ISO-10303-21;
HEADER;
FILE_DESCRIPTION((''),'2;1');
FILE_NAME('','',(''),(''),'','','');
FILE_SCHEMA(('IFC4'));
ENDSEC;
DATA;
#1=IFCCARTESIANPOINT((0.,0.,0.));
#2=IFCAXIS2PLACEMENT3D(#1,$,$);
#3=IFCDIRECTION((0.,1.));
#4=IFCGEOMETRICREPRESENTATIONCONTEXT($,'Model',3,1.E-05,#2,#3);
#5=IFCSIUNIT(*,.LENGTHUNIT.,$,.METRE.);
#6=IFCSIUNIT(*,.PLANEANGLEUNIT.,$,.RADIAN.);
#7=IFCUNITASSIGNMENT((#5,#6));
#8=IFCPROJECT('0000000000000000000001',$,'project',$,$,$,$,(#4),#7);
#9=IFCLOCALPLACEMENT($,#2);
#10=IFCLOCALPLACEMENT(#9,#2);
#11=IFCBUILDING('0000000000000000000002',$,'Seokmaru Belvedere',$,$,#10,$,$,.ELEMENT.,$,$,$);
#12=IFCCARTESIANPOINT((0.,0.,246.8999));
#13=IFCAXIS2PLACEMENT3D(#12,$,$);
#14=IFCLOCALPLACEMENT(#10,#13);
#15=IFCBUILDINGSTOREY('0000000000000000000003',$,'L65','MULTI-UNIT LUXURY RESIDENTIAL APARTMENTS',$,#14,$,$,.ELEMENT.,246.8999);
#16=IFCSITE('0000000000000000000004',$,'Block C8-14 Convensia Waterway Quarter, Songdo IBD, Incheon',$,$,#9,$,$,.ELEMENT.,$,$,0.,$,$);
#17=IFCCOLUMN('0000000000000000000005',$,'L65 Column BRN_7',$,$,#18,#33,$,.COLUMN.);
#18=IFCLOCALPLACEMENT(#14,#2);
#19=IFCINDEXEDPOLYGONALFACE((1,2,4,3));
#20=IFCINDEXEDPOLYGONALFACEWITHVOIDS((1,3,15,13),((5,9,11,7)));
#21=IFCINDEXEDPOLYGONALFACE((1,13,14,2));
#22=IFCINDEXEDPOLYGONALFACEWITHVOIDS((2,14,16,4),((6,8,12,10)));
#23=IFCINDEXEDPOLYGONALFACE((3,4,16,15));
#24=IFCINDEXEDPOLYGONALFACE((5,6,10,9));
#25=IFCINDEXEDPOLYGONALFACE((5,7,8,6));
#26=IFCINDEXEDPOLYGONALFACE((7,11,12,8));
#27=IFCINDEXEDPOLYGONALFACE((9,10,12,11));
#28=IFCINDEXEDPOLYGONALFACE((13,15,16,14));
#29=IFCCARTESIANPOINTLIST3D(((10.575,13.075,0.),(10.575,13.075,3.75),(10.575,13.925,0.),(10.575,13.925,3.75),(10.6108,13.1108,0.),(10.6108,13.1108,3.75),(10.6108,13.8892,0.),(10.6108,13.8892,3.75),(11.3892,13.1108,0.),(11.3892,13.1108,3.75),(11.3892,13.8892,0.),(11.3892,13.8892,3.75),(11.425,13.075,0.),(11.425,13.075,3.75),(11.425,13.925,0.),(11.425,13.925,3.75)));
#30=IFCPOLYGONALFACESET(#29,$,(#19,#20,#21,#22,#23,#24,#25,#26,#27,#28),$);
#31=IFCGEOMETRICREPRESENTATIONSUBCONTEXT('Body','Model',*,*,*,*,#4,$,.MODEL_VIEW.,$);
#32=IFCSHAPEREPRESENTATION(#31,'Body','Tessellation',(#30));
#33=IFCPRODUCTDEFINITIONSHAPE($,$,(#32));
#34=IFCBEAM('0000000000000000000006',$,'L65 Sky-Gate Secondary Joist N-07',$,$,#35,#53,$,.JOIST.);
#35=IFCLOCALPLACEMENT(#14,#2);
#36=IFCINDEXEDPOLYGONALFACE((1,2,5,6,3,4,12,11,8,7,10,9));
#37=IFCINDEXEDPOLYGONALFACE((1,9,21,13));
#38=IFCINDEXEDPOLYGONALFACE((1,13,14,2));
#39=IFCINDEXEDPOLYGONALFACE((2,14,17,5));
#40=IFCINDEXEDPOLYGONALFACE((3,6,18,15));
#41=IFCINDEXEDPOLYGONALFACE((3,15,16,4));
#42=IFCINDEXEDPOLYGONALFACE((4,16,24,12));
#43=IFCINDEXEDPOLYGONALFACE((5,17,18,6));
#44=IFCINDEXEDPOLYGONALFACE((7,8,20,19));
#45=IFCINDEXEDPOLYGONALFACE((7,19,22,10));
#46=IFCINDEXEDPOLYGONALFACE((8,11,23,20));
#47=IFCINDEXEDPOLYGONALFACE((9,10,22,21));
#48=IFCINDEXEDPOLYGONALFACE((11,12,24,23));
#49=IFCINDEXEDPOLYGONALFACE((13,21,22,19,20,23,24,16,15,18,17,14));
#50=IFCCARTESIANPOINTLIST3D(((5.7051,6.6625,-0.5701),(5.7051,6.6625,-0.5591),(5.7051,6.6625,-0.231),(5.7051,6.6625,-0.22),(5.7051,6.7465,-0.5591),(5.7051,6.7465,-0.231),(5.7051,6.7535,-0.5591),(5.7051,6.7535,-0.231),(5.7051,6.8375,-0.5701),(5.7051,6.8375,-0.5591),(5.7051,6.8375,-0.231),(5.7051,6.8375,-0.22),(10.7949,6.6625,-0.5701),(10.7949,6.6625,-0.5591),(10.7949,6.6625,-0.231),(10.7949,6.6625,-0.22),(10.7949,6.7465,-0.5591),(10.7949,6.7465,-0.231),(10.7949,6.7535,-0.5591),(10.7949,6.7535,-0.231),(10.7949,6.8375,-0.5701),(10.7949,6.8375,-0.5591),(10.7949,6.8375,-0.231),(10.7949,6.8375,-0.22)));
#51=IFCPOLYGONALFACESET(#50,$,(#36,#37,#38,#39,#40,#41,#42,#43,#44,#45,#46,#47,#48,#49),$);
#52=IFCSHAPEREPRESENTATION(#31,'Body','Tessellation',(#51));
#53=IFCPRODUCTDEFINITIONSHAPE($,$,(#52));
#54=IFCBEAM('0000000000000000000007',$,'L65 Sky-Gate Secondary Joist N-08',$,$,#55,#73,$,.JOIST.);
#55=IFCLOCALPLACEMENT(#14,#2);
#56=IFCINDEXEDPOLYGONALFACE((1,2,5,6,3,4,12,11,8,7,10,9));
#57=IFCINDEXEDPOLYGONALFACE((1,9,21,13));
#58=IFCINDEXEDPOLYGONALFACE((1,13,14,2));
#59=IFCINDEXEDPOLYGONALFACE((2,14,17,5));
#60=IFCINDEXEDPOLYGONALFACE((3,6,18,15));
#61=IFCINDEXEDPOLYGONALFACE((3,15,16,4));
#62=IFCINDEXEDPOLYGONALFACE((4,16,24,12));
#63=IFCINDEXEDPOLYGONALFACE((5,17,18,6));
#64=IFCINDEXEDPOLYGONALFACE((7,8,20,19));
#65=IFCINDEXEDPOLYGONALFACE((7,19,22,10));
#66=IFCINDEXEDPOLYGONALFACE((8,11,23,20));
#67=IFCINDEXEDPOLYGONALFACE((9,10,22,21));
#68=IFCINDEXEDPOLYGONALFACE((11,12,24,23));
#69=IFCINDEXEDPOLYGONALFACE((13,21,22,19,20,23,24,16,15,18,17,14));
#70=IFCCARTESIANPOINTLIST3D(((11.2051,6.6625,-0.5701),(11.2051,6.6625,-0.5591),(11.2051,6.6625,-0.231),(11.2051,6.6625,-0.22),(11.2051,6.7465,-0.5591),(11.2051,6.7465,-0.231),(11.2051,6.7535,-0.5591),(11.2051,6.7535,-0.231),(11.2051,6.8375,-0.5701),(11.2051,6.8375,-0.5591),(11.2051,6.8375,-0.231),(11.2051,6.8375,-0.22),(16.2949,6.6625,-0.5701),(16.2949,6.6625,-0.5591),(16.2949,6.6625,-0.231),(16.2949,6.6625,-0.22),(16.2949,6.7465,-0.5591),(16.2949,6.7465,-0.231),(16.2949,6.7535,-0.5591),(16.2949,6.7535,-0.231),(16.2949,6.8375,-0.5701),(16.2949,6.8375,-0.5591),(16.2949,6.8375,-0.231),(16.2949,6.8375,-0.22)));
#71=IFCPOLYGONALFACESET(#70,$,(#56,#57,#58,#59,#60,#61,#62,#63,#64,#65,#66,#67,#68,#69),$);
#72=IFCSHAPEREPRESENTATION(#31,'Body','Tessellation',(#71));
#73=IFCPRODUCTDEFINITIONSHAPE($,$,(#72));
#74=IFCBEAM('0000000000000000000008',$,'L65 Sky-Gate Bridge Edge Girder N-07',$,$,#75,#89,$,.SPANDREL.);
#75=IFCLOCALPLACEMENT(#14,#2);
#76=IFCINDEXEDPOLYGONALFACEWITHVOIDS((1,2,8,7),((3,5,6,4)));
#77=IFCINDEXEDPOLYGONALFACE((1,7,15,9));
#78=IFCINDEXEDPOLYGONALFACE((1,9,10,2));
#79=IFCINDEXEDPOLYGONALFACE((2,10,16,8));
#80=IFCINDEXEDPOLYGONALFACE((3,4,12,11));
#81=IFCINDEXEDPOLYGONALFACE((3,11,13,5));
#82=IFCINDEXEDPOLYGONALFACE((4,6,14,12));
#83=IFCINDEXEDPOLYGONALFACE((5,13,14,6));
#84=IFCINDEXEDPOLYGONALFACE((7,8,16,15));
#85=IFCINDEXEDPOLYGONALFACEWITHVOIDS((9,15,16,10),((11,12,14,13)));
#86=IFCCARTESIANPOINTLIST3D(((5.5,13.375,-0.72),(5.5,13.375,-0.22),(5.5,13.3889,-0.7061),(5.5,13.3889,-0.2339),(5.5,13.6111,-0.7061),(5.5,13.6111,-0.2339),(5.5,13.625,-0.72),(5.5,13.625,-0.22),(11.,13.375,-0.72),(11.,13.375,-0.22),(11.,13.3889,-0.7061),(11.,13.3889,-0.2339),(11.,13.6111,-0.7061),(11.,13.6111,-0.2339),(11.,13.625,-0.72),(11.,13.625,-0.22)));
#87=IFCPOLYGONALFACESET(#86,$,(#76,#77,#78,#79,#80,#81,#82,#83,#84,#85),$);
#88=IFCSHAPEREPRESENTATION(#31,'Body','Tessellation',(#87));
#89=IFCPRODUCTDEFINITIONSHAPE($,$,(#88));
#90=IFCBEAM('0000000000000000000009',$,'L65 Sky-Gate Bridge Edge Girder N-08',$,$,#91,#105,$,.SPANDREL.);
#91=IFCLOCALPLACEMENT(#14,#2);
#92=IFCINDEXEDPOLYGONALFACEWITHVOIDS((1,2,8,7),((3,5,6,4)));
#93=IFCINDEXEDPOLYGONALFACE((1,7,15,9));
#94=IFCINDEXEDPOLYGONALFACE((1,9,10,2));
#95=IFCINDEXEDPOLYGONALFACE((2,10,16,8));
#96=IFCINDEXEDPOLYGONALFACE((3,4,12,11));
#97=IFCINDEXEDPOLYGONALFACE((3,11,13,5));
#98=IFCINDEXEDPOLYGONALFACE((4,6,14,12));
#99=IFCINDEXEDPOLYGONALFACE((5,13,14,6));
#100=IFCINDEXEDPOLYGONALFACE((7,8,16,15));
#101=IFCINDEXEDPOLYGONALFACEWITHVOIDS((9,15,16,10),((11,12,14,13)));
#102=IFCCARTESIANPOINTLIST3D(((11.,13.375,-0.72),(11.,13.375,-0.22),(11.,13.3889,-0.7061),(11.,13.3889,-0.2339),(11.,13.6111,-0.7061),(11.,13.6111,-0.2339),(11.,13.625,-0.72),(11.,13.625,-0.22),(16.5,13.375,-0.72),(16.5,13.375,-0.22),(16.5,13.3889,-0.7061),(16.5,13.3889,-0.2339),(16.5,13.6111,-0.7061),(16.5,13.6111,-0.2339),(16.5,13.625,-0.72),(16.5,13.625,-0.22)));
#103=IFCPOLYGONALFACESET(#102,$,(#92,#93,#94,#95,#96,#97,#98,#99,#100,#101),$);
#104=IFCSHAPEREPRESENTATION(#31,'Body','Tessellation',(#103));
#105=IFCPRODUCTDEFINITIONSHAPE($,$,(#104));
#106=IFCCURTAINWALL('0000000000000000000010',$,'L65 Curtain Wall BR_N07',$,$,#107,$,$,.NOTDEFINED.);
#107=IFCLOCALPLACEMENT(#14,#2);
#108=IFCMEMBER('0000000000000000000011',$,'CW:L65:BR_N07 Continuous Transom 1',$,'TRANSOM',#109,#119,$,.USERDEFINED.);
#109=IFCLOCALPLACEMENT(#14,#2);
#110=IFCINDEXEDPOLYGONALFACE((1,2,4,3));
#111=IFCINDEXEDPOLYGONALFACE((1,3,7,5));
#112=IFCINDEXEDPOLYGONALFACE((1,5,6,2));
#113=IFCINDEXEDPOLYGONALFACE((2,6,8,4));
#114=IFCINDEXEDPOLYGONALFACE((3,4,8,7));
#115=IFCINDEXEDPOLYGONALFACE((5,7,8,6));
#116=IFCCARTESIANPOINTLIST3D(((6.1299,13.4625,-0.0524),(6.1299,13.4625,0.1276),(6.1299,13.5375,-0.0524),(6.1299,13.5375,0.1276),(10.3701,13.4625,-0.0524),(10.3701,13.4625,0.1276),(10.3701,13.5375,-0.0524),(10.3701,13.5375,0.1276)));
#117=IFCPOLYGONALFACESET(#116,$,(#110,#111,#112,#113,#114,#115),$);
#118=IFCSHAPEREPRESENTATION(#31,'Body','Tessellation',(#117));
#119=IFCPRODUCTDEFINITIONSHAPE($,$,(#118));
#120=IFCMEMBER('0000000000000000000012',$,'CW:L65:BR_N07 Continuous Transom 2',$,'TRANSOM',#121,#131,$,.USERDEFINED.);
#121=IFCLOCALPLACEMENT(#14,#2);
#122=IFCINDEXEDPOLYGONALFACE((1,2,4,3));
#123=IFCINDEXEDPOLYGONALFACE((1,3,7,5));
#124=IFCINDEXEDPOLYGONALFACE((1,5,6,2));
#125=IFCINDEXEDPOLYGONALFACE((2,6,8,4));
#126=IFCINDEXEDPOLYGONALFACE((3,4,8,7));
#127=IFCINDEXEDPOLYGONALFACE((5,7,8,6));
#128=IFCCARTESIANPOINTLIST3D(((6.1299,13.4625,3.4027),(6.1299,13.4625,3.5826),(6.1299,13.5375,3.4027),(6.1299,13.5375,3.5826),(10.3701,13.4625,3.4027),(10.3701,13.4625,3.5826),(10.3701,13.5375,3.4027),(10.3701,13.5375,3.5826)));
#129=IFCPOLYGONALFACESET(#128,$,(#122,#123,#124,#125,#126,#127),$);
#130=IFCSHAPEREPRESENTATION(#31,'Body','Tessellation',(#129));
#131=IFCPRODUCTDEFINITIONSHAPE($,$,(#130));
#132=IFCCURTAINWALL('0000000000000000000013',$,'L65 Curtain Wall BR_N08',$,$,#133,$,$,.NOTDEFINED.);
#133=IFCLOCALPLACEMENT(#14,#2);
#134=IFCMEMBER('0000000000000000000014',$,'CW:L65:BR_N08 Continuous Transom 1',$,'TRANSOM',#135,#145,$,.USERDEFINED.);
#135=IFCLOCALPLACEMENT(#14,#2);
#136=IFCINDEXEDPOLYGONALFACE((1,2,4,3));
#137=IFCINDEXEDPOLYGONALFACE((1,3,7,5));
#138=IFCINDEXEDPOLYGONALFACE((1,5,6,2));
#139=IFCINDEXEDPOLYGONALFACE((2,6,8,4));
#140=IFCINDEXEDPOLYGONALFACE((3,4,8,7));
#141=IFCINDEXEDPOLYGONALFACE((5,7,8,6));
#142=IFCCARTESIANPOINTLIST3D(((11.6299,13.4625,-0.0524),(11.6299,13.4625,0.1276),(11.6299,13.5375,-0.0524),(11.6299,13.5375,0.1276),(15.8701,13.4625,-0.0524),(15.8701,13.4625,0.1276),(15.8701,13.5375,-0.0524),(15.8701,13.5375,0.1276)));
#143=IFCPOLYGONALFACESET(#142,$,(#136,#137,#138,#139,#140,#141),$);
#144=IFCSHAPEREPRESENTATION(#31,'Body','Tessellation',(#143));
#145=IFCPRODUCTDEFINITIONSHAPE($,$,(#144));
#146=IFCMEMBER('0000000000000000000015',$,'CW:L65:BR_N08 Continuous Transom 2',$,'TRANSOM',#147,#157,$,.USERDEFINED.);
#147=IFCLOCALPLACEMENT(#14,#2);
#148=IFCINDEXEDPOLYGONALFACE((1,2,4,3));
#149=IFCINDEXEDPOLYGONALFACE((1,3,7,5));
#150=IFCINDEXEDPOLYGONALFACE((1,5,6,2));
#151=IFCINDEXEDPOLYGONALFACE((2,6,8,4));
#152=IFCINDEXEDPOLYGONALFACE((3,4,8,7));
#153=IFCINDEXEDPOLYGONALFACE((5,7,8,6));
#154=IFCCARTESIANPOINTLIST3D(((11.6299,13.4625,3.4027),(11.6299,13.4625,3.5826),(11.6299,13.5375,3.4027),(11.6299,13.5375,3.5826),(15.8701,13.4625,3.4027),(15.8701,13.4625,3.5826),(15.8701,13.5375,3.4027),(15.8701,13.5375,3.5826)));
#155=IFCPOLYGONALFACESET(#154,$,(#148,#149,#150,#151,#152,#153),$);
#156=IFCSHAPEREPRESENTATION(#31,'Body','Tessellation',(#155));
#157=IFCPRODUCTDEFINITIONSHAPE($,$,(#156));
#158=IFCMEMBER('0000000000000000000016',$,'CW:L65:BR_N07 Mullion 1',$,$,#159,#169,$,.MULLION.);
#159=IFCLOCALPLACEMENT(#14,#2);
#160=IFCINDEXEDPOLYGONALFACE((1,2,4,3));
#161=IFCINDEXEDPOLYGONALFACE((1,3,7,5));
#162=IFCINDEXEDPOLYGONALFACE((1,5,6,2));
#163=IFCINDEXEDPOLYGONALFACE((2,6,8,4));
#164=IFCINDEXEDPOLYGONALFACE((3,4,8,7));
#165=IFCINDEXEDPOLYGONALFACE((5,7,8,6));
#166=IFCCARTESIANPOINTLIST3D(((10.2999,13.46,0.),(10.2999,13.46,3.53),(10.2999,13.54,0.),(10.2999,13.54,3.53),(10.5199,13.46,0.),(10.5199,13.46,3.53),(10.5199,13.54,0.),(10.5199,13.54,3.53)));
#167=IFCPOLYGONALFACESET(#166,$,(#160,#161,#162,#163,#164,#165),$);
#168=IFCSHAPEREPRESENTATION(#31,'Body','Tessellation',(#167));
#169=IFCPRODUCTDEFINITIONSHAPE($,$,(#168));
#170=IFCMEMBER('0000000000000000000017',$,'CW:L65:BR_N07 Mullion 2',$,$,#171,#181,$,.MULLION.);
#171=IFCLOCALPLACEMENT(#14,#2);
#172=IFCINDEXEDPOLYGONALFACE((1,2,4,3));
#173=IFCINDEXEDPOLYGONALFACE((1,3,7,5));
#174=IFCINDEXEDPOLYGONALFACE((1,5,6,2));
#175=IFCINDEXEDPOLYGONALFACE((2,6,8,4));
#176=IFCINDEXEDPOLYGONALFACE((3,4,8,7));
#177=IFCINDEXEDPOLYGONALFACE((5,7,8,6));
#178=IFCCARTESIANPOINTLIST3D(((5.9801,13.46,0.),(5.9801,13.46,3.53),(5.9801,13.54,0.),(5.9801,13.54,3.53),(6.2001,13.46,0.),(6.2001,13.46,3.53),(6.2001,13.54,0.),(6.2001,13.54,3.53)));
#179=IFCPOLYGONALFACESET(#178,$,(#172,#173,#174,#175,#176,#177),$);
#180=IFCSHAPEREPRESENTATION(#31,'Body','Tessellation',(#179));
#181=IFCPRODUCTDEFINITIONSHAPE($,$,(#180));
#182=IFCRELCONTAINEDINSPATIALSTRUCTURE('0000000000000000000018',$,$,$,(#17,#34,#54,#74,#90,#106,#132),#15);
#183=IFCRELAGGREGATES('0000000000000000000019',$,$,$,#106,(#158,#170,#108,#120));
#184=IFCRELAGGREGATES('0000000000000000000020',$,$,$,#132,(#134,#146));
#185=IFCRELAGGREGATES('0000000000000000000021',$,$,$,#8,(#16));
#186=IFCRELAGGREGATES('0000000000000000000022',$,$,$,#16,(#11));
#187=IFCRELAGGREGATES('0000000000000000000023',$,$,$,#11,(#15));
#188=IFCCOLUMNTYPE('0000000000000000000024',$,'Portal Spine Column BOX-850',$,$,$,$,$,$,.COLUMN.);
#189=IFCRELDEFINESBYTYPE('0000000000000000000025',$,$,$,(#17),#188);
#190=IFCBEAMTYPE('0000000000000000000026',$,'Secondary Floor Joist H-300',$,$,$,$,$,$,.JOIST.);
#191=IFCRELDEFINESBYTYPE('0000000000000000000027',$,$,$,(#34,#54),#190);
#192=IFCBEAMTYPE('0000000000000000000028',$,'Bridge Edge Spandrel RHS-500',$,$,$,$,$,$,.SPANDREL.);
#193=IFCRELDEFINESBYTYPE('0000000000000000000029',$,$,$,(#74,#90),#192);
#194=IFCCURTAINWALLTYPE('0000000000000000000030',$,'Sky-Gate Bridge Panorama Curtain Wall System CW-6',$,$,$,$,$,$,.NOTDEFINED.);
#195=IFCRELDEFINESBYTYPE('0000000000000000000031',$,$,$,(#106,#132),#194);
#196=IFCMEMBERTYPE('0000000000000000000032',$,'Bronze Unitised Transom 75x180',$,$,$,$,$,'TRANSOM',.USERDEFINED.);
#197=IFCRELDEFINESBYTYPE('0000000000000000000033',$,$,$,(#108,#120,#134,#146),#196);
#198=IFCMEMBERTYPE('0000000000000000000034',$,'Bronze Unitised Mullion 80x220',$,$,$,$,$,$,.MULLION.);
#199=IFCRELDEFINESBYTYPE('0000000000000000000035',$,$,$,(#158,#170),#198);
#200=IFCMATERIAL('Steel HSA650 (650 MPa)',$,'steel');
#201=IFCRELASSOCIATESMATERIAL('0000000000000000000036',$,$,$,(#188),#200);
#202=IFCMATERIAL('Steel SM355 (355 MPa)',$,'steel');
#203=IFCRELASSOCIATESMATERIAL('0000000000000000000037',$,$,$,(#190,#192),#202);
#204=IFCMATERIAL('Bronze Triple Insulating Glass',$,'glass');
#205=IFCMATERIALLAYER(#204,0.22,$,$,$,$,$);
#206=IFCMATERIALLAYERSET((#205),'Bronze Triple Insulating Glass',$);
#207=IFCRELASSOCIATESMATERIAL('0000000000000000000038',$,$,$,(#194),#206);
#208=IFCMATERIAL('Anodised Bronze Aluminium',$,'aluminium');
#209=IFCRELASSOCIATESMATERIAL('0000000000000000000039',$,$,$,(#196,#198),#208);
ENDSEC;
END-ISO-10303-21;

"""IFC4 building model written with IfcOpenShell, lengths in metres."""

from ifc_helpers import new_model, si_unit, direction, frame, origin, origin_2d, place, context, subcontext, project, spatial, rectangle, hollow_rectangle, i_section, extrude, source, transform, mapped, material, layer, layer_set, material_profile, profile_set, type_object, type_shapes, element, aggregate, save


model = new_model("IFC4")

# Units and contexts
model_context = context("Model", 3, precision=1e-05, world=origin(), true_north=direction((0.0, 1.0)))
body_context = subcontext(model_context, "Body", "Model", "MODEL_VIEW")
ifc_project = project(units=[si_unit("LENGTHUNIT", "METRE"), si_unit("PLANEANGLEUNIT", "RADIAN")], contexts=[model_context])

# Site, building, storey
site_placement = place(None, origin())
site = spatial("IfcSite", under=ifc_project, at=site_placement, Name="Block C8-14 Convensia Waterway Quarter, Songdo IBD, Incheon", CompositionType="ELEMENT", RefElevation=0.0)
building_placement = place(site_placement, origin())
building = spatial("IfcBuilding", under=site, at=building_placement, Name="Seokmaru Belvedere", CompositionType="ELEMENT")
storey_placement = place(building_placement, frame((0.0, 0.0, 246.8999)))
storey = spatial("IfcBuildingStorey", under=building, at=storey_placement, Name="L65", Description="MULTI-UNIT LUXURY RESIDENTIAL APARTMENTS", CompositionType="ELEMENT", Elevation=246.8999)

# Column
ifc_material_1 = material(Name="Steel HSA650 (650 MPa)", Category="steel")
ifc_material_profile_1 = material_profile(ifc_material_1, hollow_rectangle(XDim=0.8501, YDim=0.8501, WallThickness=0.0359, at=origin_2d()), Name="BOX-850x850x36")
ifc_profile_set_1 = profile_set([ifc_material_profile_1], Name="Steel HSA650 (650 MPa)")
column_type = type_object("IfcColumnType", Name="Portal Spine Column BOX-850", PredefinedType="COLUMN", material=ifc_profile_set_1)
shared_shape_1 = source(origin(), body_context, "Body", "SweptSolid", [
    extrude(hollow_rectangle(XDim=0.8501, YDim=0.8501, WallThickness=0.0359, at=origin_2d()), origin(), (0.0, 0.0, 1.0), 3.75),
])
type_shapes(column_type, [shared_shape_1])
column_placement = place(storey_placement, frame((11.0, 13.5, 0.0), z_axis=(0.0, 0.0, 1.0), x_axis=(1.0, 0.0, 0.0)))
element("IfcColumn", 1, at=column_placement, inside=storey, type_object=column_type, Name="L65 Column BRN_7", PredefinedType="COLUMN", context=body_context, shape_type="MappedRepresentation", body=[
    mapped(shared_shape_1, transform((0.0, 0.0, 0.0), scale=1.0)),
])

# Beams
ifc_material_2 = material(Name="Steel SM355 (355 MPa)", Category="steel")
ifc_material_profile_2 = material_profile(ifc_material_2, i_section(OverallWidth=0.175, OverallDepth=0.3501, WebThickness=0.0071, FlangeThickness=0.011, at=origin_2d()), Name="H-350x175x7x11")
ifc_profile_set_2 = profile_set([ifc_material_profile_2], Name="Steel SM355 (355 MPa)")
beam_type_1 = type_object("IfcBeamType", Name="Secondary Floor Joist H-300", PredefinedType="JOIST", material=ifc_profile_set_2)
shared_shape_2 = source(origin(), body_context, "Body", "SweptSolid", [
    extrude(i_section(OverallWidth=0.175, OverallDepth=0.3501, WebThickness=0.0071, FlangeThickness=0.011, at=origin_2d()), origin(), (0.0, 0.0, 1.0), 5.0898),
])
type_shapes(beam_type_1, [shared_shape_2])
for number, where, z_axis, x_axis, name in (
    (2, (5.7051, 6.75, -0.395), (1.0, 0.0, 0.0), (0.0, 1.0, 0.0), "L65 Sky-Gate Secondary Joist N-07"),
    (3, (11.2051, 6.75, -0.395), (1.0, 0.0, 0.0), (0.0, 1.0, 0.0), "L65 Sky-Gate Secondary Joist N-08"),
):
    element("IfcBeam", number, at=place(storey_placement, frame(where, z_axis=z_axis, x_axis=x_axis)), inside=storey, type_object=beam_type_1, Name=name, PredefinedType="JOIST", context=body_context, shape_type="MappedRepresentation", body=[
        mapped(shared_shape_2, transform((0.0, 0.0, 0.0), scale=1.0)),
    ])
ifc_material_profile_3 = material_profile(ifc_material_2, hollow_rectangle(XDim=0.25, YDim=0.5, WallThickness=0.0139, at=origin_2d()), Name="RHS-500x250x14")
ifc_profile_set_3 = profile_set([ifc_material_profile_3], Name="Steel SM355 (355 MPa)")
beam_type_2 = type_object("IfcBeamType", Name="Bridge Edge Spandrel RHS-500", PredefinedType="SPANDREL", material=ifc_profile_set_3)
shared_shape_3 = source(origin(), body_context, "Body", "SweptSolid", [
    extrude(hollow_rectangle(XDim=0.25, YDim=0.5, WallThickness=0.0139, at=origin_2d()), origin(), (0.0, 0.0, 1.0), 5.5),
])
type_shapes(beam_type_2, [shared_shape_3])
for number, where, z_axis, x_axis, name in (
    (4, (5.5, 13.5, -0.47), (1.0, 0.0, 0.0), (0.0, 1.0, 0.0), "L65 Sky-Gate Bridge Edge Girder N-07"),
    (5, (11.0, 13.5, -0.47), (1.0, 0.0, 0.0), (0.0, 1.0, 0.0), "L65 Sky-Gate Bridge Edge Girder N-08"),
):
    element("IfcBeam", number, at=place(storey_placement, frame(where, z_axis=z_axis, x_axis=x_axis)), inside=storey, type_object=beam_type_2, Name=name, PredefinedType="SPANDREL", context=body_context, shape_type="MappedRepresentation", body=[
        mapped(shared_shape_3, transform((0.0, 0.0, 0.0), scale=1.0)),
    ])

# Curtain walls, members
ifc_material_3 = material(Name="Bronze Triple Insulating Glass", Category="glass")
ifc_layer_1 = layer(ifc_material_3, 0.22)
ifc_layer_set_1 = layer_set([ifc_layer_1], Name="Bronze Triple Insulating Glass")
curtain_wall_type = type_object("IfcCurtainWallType", Name="Sky-Gate Bridge Panorama Curtain Wall System CW-6", PredefinedType="NOTDEFINED", material=ifc_layer_set_1)
curtain_wall_1_placement = place(storey_placement, origin())
curtain_wall_1 = element("IfcCurtainWall", 6, at=curtain_wall_1_placement, inside=storey, type_object=curtain_wall_type, Name="L65 Curtain Wall BR_N07", PredefinedType="NOTDEFINED")
ifc_material_4 = material(Name="Anodised Bronze Aluminium", Category="aluminium")
ifc_material_profile_4 = material_profile(ifc_material_4, rectangle(XDim=0.075, YDim=0.1799, at=origin_2d()), Name="CW-T-75x180")
ifc_profile_set_4 = profile_set([ifc_material_profile_4], Name="Anodised Bronze Aluminium")
member_type_1 = type_object("IfcMemberType", Name="Bronze Unitised Transom 75x180", ElementType="TRANSOM", PredefinedType="USERDEFINED", material=ifc_profile_set_4)
shared_shape_4 = source(origin(), body_context, "Body", "SweptSolid", [
    extrude(rectangle(XDim=0.075, YDim=0.1799, at=origin_2d()), origin(), (0.0, 0.0, 1.0), 4.2402),
])
type_shapes(member_type_1, [shared_shape_4])
member_1_placement = place(storey_placement, frame((10.3701, 13.5, 0.0376), z_axis=(-1.0, 0.0, 0.0), x_axis=(0.0, -1.0, 0.0)))
member_1 = element("IfcMember", 7, at=member_1_placement, type_object=member_type_1, Name="CW:L65:BR_N07 Continuous Transom 1", ObjectType="TRANSOM", PredefinedType="USERDEFINED", context=body_context, shape_type="MappedRepresentation", body=[
    mapped(shared_shape_4, transform((0.0, 0.0, 0.0), scale=1.0)),
])
member_2_placement = place(storey_placement, frame((10.3701, 13.5, 3.4927), z_axis=(-1.0, 0.0, 0.0), x_axis=(0.0, -1.0, 0.0)))
member_2 = element("IfcMember", 8, at=member_2_placement, type_object=member_type_1, Name="CW:L65:BR_N07 Continuous Transom 2", ObjectType="TRANSOM", PredefinedType="USERDEFINED", context=body_context, shape_type="MappedRepresentation", body=[
    mapped(shared_shape_4, transform((0.0, 0.0, 0.0), scale=1.0)),
])
curtain_wall_2_placement = place(storey_placement, origin())
curtain_wall_2 = element("IfcCurtainWall", 9, at=curtain_wall_2_placement, inside=storey, type_object=curtain_wall_type, Name="L65 Curtain Wall BR_N08", PredefinedType="NOTDEFINED")
member_3_placement = place(storey_placement, frame((15.8701, 13.5, 0.0376), z_axis=(-1.0, 0.0, 0.0), x_axis=(0.0, -1.0, 0.0)))
member_3 = element("IfcMember", 10, at=member_3_placement, type_object=member_type_1, Name="CW:L65:BR_N08 Continuous Transom 1", ObjectType="TRANSOM", PredefinedType="USERDEFINED", context=body_context, shape_type="MappedRepresentation", body=[
    mapped(shared_shape_4, transform((0.0, 0.0, 0.0), scale=1.0)),
])
member_4_placement = place(storey_placement, frame((15.8701, 13.5, 3.4927), z_axis=(-1.0, 0.0, 0.0), x_axis=(0.0, -1.0, 0.0)))
member_4 = element("IfcMember", 11, at=member_4_placement, type_object=member_type_1, Name="CW:L65:BR_N08 Continuous Transom 2", ObjectType="TRANSOM", PredefinedType="USERDEFINED", context=body_context, shape_type="MappedRepresentation", body=[
    mapped(shared_shape_4, transform((0.0, 0.0, 0.0), scale=1.0)),
])

# Members
ifc_material_profile_5 = material_profile(ifc_material_4, rectangle(XDim=0.0801, YDim=0.22, at=origin_2d()), Name="CW-M-80x220")
ifc_profile_set_5 = profile_set([ifc_material_profile_5], Name="Anodised Bronze Aluminium")
member_type_2 = type_object("IfcMemberType", Name="Bronze Unitised Mullion 80x220", PredefinedType="MULLION", material=ifc_profile_set_5)
shared_shape_5 = source(origin(), body_context, "Body", "SweptSolid", [
    extrude(rectangle(XDim=0.0801, YDim=0.22, at=origin_2d()), origin(), (0.0, 0.0, 1.0), 3.53),
])
type_shapes(member_type_2, [shared_shape_5])
member_5_placement = place(storey_placement, frame((10.4099, 13.5, 0.0), z_axis=(0.0, 0.0, 1.0), x_axis=(0.0, -1.0, 0.0)))
member_5 = element("IfcMember", 12, at=member_5_placement, type_object=member_type_2, Name="CW:L65:BR_N07 Mullion 1", PredefinedType="MULLION", context=body_context, shape_type="MappedRepresentation", body=[
    mapped(shared_shape_5, transform((0.0, 0.0, 0.0), scale=1.0)),
])
member_6_placement = place(storey_placement, frame((6.0901, 13.5, 0.0), z_axis=(0.0, 0.0, 1.0), x_axis=(0.0, -1.0, 0.0)))
member_6 = element("IfcMember", 13, at=member_6_placement, type_object=member_type_2, Name="CW:L65:BR_N07 Mullion 2", PredefinedType="MULLION", context=body_context, shape_type="MappedRepresentation", body=[
    mapped(shared_shape_5, transform((0.0, 0.0, 0.0), scale=1.0)),
])

aggregate(curtain_wall_1, [member_5, member_6, member_1, member_2])
aggregate(curtain_wall_2, [member_3, member_4])

save(model, "model.ifc")
